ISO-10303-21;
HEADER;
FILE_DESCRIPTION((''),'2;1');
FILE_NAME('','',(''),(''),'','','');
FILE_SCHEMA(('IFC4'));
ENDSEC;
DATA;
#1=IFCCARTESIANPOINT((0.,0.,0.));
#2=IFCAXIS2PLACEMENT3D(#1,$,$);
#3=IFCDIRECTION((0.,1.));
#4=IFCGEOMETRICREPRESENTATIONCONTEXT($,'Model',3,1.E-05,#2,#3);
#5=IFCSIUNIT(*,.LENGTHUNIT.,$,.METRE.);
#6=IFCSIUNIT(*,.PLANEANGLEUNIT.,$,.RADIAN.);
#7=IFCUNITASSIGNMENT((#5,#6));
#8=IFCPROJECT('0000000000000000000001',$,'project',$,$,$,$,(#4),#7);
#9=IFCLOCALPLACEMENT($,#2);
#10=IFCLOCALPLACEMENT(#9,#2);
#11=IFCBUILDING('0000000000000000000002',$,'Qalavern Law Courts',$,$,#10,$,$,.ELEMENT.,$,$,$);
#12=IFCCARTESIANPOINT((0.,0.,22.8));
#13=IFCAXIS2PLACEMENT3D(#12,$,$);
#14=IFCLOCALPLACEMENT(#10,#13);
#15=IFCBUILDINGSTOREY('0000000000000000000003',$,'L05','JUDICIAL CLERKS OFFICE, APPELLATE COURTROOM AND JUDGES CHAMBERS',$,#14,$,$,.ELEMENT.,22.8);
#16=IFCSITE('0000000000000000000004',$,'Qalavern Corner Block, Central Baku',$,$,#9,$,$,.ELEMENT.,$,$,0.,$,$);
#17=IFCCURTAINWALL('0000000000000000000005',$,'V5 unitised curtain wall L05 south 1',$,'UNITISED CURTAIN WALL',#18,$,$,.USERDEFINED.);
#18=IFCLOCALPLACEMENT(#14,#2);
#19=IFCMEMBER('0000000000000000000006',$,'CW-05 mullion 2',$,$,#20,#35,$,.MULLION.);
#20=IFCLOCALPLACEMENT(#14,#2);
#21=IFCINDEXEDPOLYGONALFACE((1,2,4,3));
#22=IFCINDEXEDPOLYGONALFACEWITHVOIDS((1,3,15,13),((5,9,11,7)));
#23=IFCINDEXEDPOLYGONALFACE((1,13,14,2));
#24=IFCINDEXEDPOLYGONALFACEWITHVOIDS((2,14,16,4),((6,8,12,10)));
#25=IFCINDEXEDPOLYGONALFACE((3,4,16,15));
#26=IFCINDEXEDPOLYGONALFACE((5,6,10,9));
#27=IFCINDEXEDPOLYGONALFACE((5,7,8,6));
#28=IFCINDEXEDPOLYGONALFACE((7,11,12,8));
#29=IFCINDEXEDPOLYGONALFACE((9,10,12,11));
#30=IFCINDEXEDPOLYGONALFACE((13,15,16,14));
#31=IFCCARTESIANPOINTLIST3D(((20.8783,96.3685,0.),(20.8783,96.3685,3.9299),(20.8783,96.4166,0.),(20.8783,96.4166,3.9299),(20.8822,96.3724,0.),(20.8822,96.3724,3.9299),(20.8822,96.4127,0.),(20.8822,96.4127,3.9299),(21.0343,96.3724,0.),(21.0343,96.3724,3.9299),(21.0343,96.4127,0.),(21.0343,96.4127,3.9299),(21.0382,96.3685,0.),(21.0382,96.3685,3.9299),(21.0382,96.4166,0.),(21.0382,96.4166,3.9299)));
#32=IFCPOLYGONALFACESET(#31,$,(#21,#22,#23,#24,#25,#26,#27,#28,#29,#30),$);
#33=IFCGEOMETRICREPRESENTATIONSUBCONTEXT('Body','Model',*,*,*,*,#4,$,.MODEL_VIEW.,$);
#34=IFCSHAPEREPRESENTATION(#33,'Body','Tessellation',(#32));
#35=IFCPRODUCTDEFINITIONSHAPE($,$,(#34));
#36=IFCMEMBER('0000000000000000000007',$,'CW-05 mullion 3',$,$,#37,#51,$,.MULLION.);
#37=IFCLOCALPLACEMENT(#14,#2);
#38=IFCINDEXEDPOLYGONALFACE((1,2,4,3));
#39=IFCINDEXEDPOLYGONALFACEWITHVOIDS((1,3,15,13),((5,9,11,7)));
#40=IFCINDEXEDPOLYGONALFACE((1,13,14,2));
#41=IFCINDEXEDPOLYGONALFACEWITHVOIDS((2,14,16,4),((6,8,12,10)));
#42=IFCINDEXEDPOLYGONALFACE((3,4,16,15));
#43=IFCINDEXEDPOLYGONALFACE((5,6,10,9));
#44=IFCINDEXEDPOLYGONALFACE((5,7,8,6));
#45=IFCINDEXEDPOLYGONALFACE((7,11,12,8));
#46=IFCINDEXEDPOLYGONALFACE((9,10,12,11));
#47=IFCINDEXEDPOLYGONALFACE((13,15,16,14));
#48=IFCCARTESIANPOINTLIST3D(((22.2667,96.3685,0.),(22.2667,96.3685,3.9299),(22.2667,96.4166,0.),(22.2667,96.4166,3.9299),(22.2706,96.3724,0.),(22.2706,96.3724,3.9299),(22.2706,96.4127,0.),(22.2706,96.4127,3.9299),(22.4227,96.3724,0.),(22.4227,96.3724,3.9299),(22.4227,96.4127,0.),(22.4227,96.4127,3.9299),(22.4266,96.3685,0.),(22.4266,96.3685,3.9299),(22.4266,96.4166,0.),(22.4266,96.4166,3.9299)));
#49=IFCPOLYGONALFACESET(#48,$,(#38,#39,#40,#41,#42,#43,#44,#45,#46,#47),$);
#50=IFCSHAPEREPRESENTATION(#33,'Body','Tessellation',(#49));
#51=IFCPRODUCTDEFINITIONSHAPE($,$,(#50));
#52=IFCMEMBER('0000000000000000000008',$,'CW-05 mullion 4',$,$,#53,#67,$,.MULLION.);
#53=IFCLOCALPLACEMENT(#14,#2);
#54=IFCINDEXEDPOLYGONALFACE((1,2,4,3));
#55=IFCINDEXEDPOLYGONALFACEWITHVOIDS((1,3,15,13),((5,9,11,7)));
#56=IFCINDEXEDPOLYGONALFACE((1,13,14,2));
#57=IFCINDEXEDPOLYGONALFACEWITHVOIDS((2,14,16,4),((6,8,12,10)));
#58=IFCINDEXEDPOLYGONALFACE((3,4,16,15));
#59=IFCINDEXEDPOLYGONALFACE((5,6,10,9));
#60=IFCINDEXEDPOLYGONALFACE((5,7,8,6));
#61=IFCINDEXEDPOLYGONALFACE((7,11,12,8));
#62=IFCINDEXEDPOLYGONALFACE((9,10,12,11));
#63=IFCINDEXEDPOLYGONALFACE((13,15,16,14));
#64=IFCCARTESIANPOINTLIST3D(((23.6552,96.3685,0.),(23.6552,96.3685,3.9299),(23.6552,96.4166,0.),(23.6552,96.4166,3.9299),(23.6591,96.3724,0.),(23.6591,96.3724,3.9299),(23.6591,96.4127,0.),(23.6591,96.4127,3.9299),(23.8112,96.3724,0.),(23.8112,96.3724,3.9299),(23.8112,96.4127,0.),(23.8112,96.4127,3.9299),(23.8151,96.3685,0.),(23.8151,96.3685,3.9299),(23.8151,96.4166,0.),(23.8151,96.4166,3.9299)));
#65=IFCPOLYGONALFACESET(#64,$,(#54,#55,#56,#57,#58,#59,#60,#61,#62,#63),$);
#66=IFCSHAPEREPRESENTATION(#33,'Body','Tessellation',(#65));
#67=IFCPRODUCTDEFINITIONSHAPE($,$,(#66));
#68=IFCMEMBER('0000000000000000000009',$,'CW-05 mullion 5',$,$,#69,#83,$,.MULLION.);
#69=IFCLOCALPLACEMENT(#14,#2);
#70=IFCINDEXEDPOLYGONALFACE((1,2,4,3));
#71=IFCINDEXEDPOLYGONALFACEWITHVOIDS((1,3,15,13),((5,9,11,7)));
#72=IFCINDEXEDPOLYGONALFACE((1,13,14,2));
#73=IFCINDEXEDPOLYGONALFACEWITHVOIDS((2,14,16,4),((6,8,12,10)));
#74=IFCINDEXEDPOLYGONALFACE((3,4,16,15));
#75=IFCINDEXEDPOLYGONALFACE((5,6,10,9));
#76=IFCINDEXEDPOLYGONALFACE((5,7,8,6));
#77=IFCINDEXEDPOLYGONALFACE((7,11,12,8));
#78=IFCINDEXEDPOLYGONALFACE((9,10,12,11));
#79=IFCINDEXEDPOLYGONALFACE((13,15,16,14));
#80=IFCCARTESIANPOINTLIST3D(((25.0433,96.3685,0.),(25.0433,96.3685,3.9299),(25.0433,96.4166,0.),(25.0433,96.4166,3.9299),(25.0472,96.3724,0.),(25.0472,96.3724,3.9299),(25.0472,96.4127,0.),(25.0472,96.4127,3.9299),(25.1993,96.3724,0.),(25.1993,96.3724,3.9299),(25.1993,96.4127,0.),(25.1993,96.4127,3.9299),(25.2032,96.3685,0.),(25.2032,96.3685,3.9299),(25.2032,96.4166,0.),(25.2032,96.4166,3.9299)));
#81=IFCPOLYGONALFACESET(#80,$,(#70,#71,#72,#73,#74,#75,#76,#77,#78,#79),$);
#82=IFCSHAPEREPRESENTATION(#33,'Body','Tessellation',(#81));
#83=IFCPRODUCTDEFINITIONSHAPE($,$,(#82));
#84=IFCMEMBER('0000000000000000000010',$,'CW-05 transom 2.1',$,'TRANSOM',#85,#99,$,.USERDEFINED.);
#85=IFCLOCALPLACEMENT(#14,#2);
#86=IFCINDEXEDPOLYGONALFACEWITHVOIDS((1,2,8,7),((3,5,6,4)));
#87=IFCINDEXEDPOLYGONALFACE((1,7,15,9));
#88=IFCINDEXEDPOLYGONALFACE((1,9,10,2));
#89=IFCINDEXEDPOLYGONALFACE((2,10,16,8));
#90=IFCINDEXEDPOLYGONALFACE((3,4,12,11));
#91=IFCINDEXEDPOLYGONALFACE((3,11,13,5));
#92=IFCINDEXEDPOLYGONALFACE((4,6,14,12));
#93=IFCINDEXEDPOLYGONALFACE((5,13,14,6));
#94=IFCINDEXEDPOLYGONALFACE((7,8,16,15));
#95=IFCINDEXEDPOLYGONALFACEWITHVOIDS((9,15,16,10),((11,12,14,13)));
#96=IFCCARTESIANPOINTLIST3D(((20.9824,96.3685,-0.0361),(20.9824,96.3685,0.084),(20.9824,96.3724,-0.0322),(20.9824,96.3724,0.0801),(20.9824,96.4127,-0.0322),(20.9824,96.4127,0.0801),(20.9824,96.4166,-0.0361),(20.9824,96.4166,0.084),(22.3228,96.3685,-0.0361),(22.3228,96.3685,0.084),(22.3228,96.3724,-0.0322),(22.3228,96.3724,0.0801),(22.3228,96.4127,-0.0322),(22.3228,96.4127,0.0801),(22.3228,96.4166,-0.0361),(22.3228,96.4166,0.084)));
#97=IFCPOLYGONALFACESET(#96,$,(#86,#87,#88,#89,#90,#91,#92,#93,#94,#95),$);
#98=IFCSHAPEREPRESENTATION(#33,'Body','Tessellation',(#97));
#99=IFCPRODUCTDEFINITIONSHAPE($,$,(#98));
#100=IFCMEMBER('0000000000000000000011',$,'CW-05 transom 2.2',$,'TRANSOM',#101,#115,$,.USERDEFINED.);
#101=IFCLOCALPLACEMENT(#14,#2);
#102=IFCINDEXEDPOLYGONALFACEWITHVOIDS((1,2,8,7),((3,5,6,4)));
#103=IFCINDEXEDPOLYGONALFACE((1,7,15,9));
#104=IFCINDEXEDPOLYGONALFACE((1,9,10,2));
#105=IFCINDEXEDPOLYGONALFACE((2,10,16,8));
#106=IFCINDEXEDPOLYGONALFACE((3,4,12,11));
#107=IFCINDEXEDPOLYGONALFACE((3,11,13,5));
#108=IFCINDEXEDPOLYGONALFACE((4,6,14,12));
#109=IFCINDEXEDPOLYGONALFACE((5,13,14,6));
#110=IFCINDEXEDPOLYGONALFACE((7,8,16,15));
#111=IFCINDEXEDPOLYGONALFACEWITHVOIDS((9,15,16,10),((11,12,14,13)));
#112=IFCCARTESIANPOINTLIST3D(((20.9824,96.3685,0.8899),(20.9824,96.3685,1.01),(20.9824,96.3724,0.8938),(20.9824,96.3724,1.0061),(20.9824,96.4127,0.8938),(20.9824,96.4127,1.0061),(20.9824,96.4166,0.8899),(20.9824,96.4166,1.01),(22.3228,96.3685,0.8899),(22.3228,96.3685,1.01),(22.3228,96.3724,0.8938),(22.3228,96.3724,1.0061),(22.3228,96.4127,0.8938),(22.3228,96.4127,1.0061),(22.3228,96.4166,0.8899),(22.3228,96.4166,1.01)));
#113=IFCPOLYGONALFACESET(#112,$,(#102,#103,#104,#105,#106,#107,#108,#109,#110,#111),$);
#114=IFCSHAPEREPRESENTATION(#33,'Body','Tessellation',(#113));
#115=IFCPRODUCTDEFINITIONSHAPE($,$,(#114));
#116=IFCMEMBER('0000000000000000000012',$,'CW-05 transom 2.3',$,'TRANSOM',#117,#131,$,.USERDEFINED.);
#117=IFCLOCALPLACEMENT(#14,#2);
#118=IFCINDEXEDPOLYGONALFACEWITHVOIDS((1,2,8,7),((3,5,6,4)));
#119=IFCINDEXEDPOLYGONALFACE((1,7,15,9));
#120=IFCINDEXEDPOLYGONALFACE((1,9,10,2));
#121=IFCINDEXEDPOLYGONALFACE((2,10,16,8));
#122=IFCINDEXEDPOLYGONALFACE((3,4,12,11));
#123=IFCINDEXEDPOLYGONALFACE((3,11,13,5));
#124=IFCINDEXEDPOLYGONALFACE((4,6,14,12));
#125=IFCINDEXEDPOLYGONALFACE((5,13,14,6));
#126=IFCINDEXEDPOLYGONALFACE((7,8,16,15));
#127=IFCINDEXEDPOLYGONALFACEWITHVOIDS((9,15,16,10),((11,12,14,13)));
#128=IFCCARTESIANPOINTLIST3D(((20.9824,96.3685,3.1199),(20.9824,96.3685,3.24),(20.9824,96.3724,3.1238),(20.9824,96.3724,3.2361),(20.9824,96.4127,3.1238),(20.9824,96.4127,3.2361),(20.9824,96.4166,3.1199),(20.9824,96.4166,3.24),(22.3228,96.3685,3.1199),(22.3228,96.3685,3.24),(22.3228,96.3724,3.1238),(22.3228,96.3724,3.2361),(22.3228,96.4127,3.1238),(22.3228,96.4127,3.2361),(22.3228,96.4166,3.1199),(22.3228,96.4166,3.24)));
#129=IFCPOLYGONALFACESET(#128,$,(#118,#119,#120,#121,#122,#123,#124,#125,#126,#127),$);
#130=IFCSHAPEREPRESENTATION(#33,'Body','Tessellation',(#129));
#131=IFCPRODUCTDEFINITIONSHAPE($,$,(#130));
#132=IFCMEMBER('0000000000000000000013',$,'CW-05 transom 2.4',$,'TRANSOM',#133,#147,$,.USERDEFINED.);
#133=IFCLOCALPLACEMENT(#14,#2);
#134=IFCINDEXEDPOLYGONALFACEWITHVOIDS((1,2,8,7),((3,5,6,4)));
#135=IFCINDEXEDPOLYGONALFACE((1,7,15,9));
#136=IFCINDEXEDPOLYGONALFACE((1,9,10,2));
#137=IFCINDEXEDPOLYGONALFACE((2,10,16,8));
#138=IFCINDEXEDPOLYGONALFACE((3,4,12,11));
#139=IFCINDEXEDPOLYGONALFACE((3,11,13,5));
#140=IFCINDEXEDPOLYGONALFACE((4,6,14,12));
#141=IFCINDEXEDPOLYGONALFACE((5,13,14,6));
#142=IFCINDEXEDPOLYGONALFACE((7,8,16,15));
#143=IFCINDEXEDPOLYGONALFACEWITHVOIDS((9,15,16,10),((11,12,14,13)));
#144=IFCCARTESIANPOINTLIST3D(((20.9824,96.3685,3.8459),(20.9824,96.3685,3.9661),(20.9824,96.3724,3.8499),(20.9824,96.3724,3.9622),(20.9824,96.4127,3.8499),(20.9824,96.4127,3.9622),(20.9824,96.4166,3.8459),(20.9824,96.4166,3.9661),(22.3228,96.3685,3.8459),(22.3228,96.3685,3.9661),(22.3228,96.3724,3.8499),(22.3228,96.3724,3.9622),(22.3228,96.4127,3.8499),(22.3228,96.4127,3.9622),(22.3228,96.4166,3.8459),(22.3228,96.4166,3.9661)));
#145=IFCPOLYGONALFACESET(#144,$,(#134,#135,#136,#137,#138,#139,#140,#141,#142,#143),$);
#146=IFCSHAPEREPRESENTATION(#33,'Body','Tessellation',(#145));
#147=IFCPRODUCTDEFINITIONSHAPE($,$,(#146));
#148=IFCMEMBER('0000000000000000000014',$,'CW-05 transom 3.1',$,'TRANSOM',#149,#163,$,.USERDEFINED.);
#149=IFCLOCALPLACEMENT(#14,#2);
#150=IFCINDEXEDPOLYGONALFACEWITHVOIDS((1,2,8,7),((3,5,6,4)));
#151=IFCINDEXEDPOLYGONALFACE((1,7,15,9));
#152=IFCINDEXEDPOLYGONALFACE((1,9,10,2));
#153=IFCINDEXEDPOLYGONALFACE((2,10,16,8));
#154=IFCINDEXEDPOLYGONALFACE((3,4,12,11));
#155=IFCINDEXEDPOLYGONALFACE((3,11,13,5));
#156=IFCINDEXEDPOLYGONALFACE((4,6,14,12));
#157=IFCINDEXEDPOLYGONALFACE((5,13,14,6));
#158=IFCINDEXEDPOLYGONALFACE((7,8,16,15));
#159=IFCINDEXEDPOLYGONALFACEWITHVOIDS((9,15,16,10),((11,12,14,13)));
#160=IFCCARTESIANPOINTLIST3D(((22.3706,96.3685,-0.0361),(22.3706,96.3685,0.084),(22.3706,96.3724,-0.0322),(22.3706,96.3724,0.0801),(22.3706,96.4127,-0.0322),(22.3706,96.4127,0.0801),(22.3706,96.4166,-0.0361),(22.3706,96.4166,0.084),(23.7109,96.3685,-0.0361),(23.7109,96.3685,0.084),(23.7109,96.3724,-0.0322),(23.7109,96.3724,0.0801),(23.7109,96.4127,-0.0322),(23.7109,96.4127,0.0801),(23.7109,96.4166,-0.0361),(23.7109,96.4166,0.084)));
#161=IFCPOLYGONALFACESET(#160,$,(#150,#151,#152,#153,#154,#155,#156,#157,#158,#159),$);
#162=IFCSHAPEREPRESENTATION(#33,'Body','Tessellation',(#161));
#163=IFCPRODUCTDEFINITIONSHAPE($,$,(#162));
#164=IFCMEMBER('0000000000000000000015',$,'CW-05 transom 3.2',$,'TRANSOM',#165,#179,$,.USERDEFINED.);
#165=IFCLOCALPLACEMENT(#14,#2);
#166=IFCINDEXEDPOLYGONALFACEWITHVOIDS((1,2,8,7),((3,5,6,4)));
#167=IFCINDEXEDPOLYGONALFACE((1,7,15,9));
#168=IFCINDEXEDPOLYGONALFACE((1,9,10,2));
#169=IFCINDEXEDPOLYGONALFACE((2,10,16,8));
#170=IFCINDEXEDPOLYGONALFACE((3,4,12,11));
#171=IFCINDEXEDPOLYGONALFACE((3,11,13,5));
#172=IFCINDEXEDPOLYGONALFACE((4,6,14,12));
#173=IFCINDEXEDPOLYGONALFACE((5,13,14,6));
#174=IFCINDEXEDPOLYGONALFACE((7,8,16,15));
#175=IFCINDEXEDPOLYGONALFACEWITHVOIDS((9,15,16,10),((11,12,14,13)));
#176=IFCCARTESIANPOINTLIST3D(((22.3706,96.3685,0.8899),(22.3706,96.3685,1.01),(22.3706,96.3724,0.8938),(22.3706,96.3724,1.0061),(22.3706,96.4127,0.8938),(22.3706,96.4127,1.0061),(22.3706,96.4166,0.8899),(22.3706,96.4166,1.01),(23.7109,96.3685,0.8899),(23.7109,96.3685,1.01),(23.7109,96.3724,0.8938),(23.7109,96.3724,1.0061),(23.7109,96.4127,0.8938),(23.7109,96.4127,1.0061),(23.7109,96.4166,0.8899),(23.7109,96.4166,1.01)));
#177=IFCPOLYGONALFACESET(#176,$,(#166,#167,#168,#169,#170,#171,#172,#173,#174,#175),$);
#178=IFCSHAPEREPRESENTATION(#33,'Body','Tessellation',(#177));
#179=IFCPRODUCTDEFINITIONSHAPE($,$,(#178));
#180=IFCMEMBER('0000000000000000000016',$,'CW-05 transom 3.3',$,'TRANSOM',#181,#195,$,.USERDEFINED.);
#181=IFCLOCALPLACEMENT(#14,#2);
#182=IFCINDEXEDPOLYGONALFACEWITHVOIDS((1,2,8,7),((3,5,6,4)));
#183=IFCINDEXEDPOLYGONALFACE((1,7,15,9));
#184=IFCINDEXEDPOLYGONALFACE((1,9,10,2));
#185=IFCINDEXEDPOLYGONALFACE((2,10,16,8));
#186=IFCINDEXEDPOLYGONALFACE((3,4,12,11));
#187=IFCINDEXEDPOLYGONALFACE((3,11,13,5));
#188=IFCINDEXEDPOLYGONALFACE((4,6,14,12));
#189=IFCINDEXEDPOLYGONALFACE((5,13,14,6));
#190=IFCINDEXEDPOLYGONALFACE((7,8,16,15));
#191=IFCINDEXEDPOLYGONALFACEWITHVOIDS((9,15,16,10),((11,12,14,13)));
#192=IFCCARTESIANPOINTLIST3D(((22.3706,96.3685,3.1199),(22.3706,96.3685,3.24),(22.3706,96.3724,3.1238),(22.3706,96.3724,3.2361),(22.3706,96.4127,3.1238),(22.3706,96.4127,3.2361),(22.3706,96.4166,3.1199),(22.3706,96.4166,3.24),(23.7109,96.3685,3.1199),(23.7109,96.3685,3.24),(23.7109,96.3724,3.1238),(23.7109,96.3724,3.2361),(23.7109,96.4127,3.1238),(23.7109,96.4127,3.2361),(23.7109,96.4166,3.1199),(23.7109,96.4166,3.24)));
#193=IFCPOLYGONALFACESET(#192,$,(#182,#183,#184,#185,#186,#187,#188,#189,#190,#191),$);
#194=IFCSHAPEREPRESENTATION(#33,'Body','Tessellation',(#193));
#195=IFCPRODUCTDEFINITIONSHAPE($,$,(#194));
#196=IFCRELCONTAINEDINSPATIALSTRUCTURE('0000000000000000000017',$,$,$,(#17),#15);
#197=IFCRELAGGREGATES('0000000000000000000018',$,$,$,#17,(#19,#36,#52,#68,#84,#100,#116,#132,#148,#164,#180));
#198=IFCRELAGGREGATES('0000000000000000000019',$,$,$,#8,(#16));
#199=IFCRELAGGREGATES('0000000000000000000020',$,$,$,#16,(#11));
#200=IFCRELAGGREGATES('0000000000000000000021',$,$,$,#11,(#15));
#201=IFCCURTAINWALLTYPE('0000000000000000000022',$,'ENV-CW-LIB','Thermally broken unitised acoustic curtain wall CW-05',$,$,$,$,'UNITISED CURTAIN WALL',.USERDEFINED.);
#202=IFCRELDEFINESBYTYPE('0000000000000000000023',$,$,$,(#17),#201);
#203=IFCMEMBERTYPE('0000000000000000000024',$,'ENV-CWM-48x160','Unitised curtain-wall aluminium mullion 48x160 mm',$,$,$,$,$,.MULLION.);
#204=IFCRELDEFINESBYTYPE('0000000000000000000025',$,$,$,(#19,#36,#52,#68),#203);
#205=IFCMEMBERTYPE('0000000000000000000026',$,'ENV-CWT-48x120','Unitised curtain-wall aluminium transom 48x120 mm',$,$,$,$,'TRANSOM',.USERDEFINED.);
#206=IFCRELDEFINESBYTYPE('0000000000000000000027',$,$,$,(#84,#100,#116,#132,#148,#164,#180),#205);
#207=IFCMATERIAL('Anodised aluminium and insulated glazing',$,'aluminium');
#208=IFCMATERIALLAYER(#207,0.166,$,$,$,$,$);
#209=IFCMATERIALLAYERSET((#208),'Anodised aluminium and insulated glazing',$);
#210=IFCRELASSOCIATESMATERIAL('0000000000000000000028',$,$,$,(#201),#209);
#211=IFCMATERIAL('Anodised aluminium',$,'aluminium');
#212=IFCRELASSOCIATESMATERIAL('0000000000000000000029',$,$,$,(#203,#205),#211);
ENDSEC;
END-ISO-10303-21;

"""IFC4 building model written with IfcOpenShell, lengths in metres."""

from ifc_helpers import new_model, si_unit, direction, frame, origin, origin_2d, place, context, subcontext, project, spatial, hollow_rectangle, extrude, material, layer, layer_set, material_profile, profile_set, type_object, element, aggregate, save


model = new_model("IFC4")

# Units and contexts
model_context = context("Model", 3, precision=1e-05, world=origin(), true_north=direction((0.0, 1.0)))
body_context = subcontext(model_context, "Body", "Model", "MODEL_VIEW")
ifc_project = project(units=[si_unit("LENGTHUNIT", "METRE"), si_unit("PLANEANGLEUNIT", "RADIAN")], contexts=[model_context])

# Site, building, storey
site_placement = place(None, origin())
site = spatial("IfcSite", under=ifc_project, at=site_placement, Name="Qalavern Corner Block, Central Baku", CompositionType="ELEMENT", RefElevation=0.0)
building_placement = place(site_placement, origin())
building = spatial("IfcBuilding", under=site, at=building_placement, Name="Qalavern Law Courts", CompositionType="ELEMENT")
storey_placement = place(building_placement, frame((0.0, 0.0, 22.8)))
storey = spatial("IfcBuildingStorey", under=building, at=storey_placement, Name="L05", Description="JUDICIAL CLERKS OFFICE, APPELLATE COURTROOM AND JUDGES CHAMBERS", CompositionType="ELEMENT", Elevation=22.8)

# Curtain wall, members
ifc_material_1 = material(Name="Anodised aluminium and insulated glazing", Category="aluminium")
ifc_layer_1 = layer(ifc_material_1, 0.166)
ifc_layer_set_1 = layer_set([ifc_layer_1], Name="Anodised aluminium and insulated glazing")
curtain_wall_type = type_object("IfcCurtainWallType", Name="ENV-CW-LIB", Description="Thermally broken unitised acoustic curtain wall CW-05", ElementType="UNITISED CURTAIN WALL", PredefinedType="USERDEFINED", material=ifc_layer_set_1)
curtain_wall_placement = place(storey_placement, origin())
curtain_wall = element("IfcCurtainWall", 1, at=curtain_wall_placement, inside=storey, type_object=curtain_wall_type, Name="V5 unitised curtain wall L05 south 1", ObjectType="UNITISED CURTAIN WALL", PredefinedType="USERDEFINED")
ifc_material_2 = material(Name="Anodised aluminium", Category="aluminium")
ifc_material_profile_1 = material_profile(ifc_material_2, hollow_rectangle(XDim=0.0481, YDim=0.1599, WallThickness=0.0039, at=origin_2d()), Name="ALU MULLION 48x160")
ifc_profile_set_1 = profile_set([ifc_material_profile_1], Name="Anodised aluminium")
member_type_1 = type_object("IfcMemberType", Name="ENV-CWM-48x160", Description="Unitised curtain-wall aluminium mullion 48x160 mm", PredefinedType="MULLION", material=ifc_profile_set_1)
member_1_placement = place(storey_placement, frame((20.9583, 96.3926, 0.0), z_axis=(0.0, 0.0, 1.0), x_axis=(0.0, 1.0, 0.0)))
member_1 = element("IfcMember", 2, at=member_1_placement, type_object=member_type_1, Name="CW-05 mullion 2", PredefinedType="MULLION", context=body_context, shape_type="SweptSolid", body=[
    extrude(hollow_rectangle(XDim=0.0481, YDim=0.1599, WallThickness=0.0039, at=origin_2d()), origin(), (0.0, 0.0, 1.0), 3.9299),
])
member_2_placement = place(storey_placement, frame((22.3467, 96.3926, 0.0), z_axis=(0.0, 0.0, 1.0), x_axis=(0.0, 1.0, 0.0)))
member_2 = element("IfcMember", 3, at=member_2_placement, type_object=member_type_1, Name="CW-05 mullion 3", PredefinedType="MULLION", context=body_context, shape_type="SweptSolid", body=[
    extrude(hollow_rectangle(XDim=0.0481, YDim=0.1599, WallThickness=0.0039, at=origin_2d()), origin(), (0.0, 0.0, 1.0), 3.9299),
])
member_3_placement = place(storey_placement, frame((23.7351, 96.3926, 0.0), z_axis=(0.0, 0.0, 1.0), x_axis=(0.0, 1.0, 0.0)))
member_3 = element("IfcMember", 4, at=member_3_placement, type_object=member_type_1, Name="CW-05 mullion 4", PredefinedType="MULLION", context=body_context, shape_type="SweptSolid", body=[
    extrude(hollow_rectangle(XDim=0.0481, YDim=0.1599, WallThickness=0.0039, at=origin_2d()), origin(), (0.0, 0.0, 1.0), 3.9299),
])
member_4_placement = place(storey_placement, frame((25.1233, 96.3926, 0.0), z_axis=(0.0, 0.0, 1.0), x_axis=(0.0, 1.0, 0.0)))
member_4 = element("IfcMember", 5, at=member_4_placement, type_object=member_type_1, Name="CW-05 mullion 5", PredefinedType="MULLION", context=body_context, shape_type="SweptSolid", body=[
    extrude(hollow_rectangle(XDim=0.0481, YDim=0.1599, WallThickness=0.0039, at=origin_2d()), origin(), (0.0, 0.0, 1.0), 3.9299),
])
ifc_material_profile_2 = material_profile(ifc_material_2, hollow_rectangle(XDim=0.0481, YDim=0.1201, WallThickness=0.0039, at=origin_2d()), Name="ALU TRANSOM 48x120")
ifc_profile_set_2 = profile_set([ifc_material_profile_2], Name="Anodised aluminium")
member_type_2 = type_object("IfcMemberType", Name="ENV-CWT-48x120", Description="Unitised curtain-wall aluminium transom 48x120 mm", ElementType="TRANSOM", PredefinedType="USERDEFINED", material=ifc_profile_set_2)
member_5_placement = place(storey_placement, frame((20.9824, 96.3926, 0.0239), z_axis=(1.0, 0.0, 0.0), x_axis=(0.0, 1.0, 0.0)))
member_5 = element("IfcMember", 6, at=member_5_placement, type_object=member_type_2, Name="CW-05 transom 2.1", ObjectType="TRANSOM", PredefinedType="USERDEFINED", context=body_context, shape_type="SweptSolid", body=[
    extrude(hollow_rectangle(XDim=0.0481, YDim=0.1201, WallThickness=0.0039, at=origin_2d()), origin(), (0.0, 0.0, 1.0), 1.3403),
])
member_6_placement = place(storey_placement, frame((20.9824, 96.3926, 0.95), z_axis=(1.0, 0.0, 0.0), x_axis=(0.0, 1.0, 0.0)))
member_6 = element("IfcMember", 7, at=member_6_placement, type_object=member_type_2, Name="CW-05 transom 2.2", ObjectType="TRANSOM", PredefinedType="USERDEFINED", context=body_context, shape_type="SweptSolid", body=[
    extrude(hollow_rectangle(XDim=0.0481, YDim=0.1201, WallThickness=0.0039, at=origin_2d()), origin(), (0.0, 0.0, 1.0), 1.3403),
])
member_7_placement = place(storey_placement, frame((20.9824, 96.3926, 3.1799), z_axis=(1.0, 0.0, 0.0), x_axis=(0.0, 1.0, 0.0)))
member_7 = element("IfcMember", 8, at=member_7_placement, type_object=member_type_2, Name="CW-05 transom 2.3", ObjectType="TRANSOM", PredefinedType="USERDEFINED", context=body_context, shape_type="SweptSolid", body=[
    extrude(hollow_rectangle(XDim=0.0481, YDim=0.1201, WallThickness=0.0039, at=origin_2d()), origin(), (0.0, 0.0, 1.0), 1.3403),
])
member_8_placement = place(storey_placement, frame((20.9824, 96.3926, 3.906), z_axis=(1.0, 0.0, 0.0), x_axis=(0.0, 1.0, 0.0)))
member_8 = element("IfcMember", 9, at=member_8_placement, type_object=member_type_2, Name="CW-05 transom 2.4", ObjectType="TRANSOM", PredefinedType="USERDEFINED", context=body_context, shape_type="SweptSolid", body=[
    extrude(hollow_rectangle(XDim=0.0481, YDim=0.1201, WallThickness=0.0039, at=origin_2d()), origin(), (0.0, 0.0, 1.0), 1.3403),
])
member_9_placement = place(storey_placement, frame((22.3706, 96.3926, 0.0239), z_axis=(1.0, 0.0, 0.0), x_axis=(0.0, 1.0, 0.0)))
member_9 = element("IfcMember", 10, at=member_9_placement, type_object=member_type_2, Name="CW-05 transom 3.1", ObjectType="TRANSOM", PredefinedType="USERDEFINED", context=body_context, shape_type="SweptSolid", body=[
    extrude(hollow_rectangle(XDim=0.0481, YDim=0.1201, WallThickness=0.0039, at=origin_2d()), origin(), (0.0, 0.0, 1.0), 1.3403),
])
member_10_placement = place(storey_placement, frame((22.3706, 96.3926, 0.95), z_axis=(1.0, 0.0, 0.0), x_axis=(0.0, 1.0, 0.0)))
member_10 = element("IfcMember", 11, at=member_10_placement, type_object=member_type_2, Name="CW-05 transom 3.2", ObjectType="TRANSOM", PredefinedType="USERDEFINED", context=body_context, shape_type="SweptSolid", body=[
    extrude(hollow_rectangle(XDim=0.0481, YDim=0.1201, WallThickness=0.0039, at=origin_2d()), origin(), (0.0, 0.0, 1.0), 1.3403),
])
member_11_placement = place(storey_placement, frame((22.3706, 96.3926, 3.1799), z_axis=(1.0, 0.0, 0.0), x_axis=(0.0, 1.0, 0.0)))
member_11 = element("IfcMember", 12, at=member_11_placement, type_object=member_type_2, Name="CW-05 transom 3.3", ObjectType="TRANSOM", PredefinedType="USERDEFINED", context=body_context, shape_type="SweptSolid", body=[
    extrude(hollow_rectangle(XDim=0.0481, YDim=0.1201, WallThickness=0.0039, at=origin_2d()), origin(), (0.0, 0.0, 1.0), 1.3403),
])
aggregate(curtain_wall, [member_1, member_2, member_3, member_4, member_5, member_6, member_7, member_8, member_9, member_10, member_11])

save(model, "model.ifc")
